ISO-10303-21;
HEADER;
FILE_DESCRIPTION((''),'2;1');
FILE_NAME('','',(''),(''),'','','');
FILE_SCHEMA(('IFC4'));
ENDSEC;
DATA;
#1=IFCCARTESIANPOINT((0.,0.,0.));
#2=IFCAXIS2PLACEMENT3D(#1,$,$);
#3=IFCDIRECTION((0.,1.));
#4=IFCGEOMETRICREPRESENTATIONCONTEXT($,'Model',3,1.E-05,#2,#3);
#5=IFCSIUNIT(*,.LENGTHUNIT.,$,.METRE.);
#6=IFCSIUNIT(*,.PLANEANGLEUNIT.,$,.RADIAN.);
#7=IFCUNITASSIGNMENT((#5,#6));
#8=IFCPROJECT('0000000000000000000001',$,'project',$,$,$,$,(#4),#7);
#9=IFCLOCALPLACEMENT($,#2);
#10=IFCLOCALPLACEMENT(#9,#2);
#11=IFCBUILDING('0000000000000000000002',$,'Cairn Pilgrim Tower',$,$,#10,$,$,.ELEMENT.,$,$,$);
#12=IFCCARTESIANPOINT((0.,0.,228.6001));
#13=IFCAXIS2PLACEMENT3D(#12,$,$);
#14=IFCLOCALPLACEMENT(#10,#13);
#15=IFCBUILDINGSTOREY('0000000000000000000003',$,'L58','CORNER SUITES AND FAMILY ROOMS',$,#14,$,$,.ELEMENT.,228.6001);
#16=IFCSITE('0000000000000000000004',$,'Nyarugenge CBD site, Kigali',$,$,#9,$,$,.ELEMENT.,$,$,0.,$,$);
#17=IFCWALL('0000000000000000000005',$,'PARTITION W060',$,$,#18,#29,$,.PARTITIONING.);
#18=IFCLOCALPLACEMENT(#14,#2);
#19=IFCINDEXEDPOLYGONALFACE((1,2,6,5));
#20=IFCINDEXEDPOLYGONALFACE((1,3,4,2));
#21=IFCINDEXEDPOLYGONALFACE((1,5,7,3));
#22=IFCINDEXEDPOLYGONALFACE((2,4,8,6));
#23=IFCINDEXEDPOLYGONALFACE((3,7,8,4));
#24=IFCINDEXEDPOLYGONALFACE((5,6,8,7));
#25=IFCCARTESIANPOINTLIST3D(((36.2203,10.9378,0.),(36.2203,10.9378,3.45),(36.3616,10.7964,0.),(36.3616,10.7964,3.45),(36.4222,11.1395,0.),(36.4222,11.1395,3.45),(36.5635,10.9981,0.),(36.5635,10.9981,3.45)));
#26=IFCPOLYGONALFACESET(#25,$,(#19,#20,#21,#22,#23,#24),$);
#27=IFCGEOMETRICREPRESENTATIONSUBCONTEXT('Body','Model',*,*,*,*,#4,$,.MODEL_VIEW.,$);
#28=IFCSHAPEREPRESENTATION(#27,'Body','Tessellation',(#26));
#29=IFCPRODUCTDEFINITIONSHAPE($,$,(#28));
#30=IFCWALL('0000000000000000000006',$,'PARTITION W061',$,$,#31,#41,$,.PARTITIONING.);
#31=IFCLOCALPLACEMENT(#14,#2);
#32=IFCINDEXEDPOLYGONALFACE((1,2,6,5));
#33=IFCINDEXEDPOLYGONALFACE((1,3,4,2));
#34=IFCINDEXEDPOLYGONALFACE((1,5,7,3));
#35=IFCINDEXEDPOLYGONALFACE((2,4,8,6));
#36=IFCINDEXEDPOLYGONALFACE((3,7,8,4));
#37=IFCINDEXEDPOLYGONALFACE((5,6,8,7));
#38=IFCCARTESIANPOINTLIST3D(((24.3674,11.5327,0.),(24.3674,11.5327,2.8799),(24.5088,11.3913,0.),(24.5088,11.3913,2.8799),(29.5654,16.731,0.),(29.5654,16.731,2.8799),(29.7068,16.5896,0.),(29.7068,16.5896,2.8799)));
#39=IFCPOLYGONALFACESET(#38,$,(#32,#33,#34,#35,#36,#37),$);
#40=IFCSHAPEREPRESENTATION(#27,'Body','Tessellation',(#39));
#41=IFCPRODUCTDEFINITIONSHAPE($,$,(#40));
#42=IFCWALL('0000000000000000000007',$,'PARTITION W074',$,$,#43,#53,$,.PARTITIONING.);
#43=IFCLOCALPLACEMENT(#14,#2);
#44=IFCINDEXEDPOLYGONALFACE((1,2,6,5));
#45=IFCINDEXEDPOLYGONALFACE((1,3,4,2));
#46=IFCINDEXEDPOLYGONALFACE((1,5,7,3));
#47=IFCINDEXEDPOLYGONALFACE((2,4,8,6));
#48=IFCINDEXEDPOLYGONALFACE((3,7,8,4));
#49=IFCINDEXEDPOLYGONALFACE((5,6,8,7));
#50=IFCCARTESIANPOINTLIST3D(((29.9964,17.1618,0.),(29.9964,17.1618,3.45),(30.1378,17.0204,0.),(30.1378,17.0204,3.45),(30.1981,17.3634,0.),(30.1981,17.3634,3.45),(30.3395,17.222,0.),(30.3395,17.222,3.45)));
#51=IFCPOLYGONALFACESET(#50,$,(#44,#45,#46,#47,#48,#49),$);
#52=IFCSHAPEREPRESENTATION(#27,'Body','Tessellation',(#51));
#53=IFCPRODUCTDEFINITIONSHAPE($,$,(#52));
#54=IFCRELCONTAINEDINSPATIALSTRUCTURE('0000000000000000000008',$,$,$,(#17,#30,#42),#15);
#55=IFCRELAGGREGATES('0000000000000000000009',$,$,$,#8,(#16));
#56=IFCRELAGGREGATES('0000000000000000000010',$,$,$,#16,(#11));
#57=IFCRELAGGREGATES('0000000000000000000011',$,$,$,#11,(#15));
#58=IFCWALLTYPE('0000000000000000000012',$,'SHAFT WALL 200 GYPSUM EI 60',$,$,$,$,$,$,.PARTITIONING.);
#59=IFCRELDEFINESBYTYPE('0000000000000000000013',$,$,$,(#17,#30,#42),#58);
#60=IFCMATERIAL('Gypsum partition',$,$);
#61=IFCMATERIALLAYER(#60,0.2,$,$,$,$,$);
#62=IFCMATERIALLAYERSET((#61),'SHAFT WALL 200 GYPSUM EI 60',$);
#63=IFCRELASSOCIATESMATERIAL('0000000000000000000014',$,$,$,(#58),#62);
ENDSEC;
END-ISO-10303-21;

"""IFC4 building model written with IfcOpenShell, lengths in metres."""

from ifc_helpers import new_model, si_unit, direction, frame, frame_2d, origin, place, context, subcontext, project, spatial, rectangle, extrude, material, layer, layer_set, type_object, element, save


model = new_model("IFC4")

# Units and contexts
model_context = context("Model", 3, precision=1e-05, world=origin(), true_north=direction((0.0, 1.0)))
body_context = subcontext(model_context, "Body", "Model", "MODEL_VIEW")
ifc_project = project(units=[si_unit("LENGTHUNIT", "METRE"), si_unit("PLANEANGLEUNIT", "RADIAN")], contexts=[model_context])

# Site, building, storey
site_placement = place(None, origin())
site = spatial("IfcSite", under=ifc_project, at=site_placement, Name="Nyarugenge CBD site, Kigali", CompositionType="ELEMENT", RefElevation=0.0)
building_placement = place(site_placement, origin())
building = spatial("IfcBuilding", under=site, at=building_placement, Name="Cairn Pilgrim Tower", CompositionType="ELEMENT")
storey_placement = place(building_placement, frame((0.0, 0.0, 228.6001)))
storey = spatial("IfcBuildingStorey", under=building, at=storey_placement, Name="L58", Description="CORNER SUITES AND FAMILY ROOMS", CompositionType="ELEMENT", Elevation=228.6001)

# Walls
ifc_material_1 = material(Name="Gypsum partition")
ifc_layer_1 = layer(ifc_material_1, 0.2)
ifc_layer_set_1 = layer_set([ifc_layer_1], Name="SHAFT WALL 200 GYPSUM EI 60")
wall_type_1 = type_object("IfcWallType", Name="SHAFT WALL 200 GYPSUM EI 60", PredefinedType="PARTITIONING", material=ifc_layer_set_1)
wall_1_placement = place(storey_placement, frame((36.291, 10.8672, 0.0), z_axis=(0.0, 0.0, 1.0), x_axis=(0.707534, 0.706679, 0.0)))
element("IfcWall", 1, at=wall_1_placement, inside=storey, type_object=wall_type_1, Name="PARTITION W060", PredefinedType="PARTITIONING", context=body_context, shape_type="SweptSolid", body=[
    extrude(rectangle(XDim=0.2854, YDim=0.2, at=frame_2d((0.1426, 0.0))), origin(), (0.0, 0.0, 1.0), 3.45),
])
wall_2_placement = place(storey_placement, frame((24.438, 11.4619, 0.0), z_axis=(0.0, 0.0, 1.0), x_axis=(0.70709, 0.707123, 0.0)))
element("IfcWall", 2, at=wall_2_placement, inside=storey, type_object=wall_type_1, Name="PARTITION W061", PredefinedType="PARTITIONING", context=body_context, shape_type="SweptSolid", body=[
    extrude(rectangle(XDim=7.3513, YDim=0.2, at=frame_2d((3.6758, 0.0))), origin(), (0.0, 0.0, 1.0), 2.8799),
])
wall_3_placement = place(storey_placement, frame((30.0671, 17.0911, 0.0), z_axis=(0.0, 0.0, 1.0), x_axis=(0.707107, 0.707107, 0.0)))
element("IfcWall", 3, at=wall_3_placement, inside=storey, type_object=wall_type_1, Name="PARTITION W074", PredefinedType="PARTITIONING", context=body_context, shape_type="SweptSolid", body=[
    extrude(rectangle(XDim=0.2852, YDim=0.2, at=frame_2d((0.1426, 0.0))), origin(), (0.0, 0.0, 1.0), 3.45),
])

save(model, "model.ifc")
